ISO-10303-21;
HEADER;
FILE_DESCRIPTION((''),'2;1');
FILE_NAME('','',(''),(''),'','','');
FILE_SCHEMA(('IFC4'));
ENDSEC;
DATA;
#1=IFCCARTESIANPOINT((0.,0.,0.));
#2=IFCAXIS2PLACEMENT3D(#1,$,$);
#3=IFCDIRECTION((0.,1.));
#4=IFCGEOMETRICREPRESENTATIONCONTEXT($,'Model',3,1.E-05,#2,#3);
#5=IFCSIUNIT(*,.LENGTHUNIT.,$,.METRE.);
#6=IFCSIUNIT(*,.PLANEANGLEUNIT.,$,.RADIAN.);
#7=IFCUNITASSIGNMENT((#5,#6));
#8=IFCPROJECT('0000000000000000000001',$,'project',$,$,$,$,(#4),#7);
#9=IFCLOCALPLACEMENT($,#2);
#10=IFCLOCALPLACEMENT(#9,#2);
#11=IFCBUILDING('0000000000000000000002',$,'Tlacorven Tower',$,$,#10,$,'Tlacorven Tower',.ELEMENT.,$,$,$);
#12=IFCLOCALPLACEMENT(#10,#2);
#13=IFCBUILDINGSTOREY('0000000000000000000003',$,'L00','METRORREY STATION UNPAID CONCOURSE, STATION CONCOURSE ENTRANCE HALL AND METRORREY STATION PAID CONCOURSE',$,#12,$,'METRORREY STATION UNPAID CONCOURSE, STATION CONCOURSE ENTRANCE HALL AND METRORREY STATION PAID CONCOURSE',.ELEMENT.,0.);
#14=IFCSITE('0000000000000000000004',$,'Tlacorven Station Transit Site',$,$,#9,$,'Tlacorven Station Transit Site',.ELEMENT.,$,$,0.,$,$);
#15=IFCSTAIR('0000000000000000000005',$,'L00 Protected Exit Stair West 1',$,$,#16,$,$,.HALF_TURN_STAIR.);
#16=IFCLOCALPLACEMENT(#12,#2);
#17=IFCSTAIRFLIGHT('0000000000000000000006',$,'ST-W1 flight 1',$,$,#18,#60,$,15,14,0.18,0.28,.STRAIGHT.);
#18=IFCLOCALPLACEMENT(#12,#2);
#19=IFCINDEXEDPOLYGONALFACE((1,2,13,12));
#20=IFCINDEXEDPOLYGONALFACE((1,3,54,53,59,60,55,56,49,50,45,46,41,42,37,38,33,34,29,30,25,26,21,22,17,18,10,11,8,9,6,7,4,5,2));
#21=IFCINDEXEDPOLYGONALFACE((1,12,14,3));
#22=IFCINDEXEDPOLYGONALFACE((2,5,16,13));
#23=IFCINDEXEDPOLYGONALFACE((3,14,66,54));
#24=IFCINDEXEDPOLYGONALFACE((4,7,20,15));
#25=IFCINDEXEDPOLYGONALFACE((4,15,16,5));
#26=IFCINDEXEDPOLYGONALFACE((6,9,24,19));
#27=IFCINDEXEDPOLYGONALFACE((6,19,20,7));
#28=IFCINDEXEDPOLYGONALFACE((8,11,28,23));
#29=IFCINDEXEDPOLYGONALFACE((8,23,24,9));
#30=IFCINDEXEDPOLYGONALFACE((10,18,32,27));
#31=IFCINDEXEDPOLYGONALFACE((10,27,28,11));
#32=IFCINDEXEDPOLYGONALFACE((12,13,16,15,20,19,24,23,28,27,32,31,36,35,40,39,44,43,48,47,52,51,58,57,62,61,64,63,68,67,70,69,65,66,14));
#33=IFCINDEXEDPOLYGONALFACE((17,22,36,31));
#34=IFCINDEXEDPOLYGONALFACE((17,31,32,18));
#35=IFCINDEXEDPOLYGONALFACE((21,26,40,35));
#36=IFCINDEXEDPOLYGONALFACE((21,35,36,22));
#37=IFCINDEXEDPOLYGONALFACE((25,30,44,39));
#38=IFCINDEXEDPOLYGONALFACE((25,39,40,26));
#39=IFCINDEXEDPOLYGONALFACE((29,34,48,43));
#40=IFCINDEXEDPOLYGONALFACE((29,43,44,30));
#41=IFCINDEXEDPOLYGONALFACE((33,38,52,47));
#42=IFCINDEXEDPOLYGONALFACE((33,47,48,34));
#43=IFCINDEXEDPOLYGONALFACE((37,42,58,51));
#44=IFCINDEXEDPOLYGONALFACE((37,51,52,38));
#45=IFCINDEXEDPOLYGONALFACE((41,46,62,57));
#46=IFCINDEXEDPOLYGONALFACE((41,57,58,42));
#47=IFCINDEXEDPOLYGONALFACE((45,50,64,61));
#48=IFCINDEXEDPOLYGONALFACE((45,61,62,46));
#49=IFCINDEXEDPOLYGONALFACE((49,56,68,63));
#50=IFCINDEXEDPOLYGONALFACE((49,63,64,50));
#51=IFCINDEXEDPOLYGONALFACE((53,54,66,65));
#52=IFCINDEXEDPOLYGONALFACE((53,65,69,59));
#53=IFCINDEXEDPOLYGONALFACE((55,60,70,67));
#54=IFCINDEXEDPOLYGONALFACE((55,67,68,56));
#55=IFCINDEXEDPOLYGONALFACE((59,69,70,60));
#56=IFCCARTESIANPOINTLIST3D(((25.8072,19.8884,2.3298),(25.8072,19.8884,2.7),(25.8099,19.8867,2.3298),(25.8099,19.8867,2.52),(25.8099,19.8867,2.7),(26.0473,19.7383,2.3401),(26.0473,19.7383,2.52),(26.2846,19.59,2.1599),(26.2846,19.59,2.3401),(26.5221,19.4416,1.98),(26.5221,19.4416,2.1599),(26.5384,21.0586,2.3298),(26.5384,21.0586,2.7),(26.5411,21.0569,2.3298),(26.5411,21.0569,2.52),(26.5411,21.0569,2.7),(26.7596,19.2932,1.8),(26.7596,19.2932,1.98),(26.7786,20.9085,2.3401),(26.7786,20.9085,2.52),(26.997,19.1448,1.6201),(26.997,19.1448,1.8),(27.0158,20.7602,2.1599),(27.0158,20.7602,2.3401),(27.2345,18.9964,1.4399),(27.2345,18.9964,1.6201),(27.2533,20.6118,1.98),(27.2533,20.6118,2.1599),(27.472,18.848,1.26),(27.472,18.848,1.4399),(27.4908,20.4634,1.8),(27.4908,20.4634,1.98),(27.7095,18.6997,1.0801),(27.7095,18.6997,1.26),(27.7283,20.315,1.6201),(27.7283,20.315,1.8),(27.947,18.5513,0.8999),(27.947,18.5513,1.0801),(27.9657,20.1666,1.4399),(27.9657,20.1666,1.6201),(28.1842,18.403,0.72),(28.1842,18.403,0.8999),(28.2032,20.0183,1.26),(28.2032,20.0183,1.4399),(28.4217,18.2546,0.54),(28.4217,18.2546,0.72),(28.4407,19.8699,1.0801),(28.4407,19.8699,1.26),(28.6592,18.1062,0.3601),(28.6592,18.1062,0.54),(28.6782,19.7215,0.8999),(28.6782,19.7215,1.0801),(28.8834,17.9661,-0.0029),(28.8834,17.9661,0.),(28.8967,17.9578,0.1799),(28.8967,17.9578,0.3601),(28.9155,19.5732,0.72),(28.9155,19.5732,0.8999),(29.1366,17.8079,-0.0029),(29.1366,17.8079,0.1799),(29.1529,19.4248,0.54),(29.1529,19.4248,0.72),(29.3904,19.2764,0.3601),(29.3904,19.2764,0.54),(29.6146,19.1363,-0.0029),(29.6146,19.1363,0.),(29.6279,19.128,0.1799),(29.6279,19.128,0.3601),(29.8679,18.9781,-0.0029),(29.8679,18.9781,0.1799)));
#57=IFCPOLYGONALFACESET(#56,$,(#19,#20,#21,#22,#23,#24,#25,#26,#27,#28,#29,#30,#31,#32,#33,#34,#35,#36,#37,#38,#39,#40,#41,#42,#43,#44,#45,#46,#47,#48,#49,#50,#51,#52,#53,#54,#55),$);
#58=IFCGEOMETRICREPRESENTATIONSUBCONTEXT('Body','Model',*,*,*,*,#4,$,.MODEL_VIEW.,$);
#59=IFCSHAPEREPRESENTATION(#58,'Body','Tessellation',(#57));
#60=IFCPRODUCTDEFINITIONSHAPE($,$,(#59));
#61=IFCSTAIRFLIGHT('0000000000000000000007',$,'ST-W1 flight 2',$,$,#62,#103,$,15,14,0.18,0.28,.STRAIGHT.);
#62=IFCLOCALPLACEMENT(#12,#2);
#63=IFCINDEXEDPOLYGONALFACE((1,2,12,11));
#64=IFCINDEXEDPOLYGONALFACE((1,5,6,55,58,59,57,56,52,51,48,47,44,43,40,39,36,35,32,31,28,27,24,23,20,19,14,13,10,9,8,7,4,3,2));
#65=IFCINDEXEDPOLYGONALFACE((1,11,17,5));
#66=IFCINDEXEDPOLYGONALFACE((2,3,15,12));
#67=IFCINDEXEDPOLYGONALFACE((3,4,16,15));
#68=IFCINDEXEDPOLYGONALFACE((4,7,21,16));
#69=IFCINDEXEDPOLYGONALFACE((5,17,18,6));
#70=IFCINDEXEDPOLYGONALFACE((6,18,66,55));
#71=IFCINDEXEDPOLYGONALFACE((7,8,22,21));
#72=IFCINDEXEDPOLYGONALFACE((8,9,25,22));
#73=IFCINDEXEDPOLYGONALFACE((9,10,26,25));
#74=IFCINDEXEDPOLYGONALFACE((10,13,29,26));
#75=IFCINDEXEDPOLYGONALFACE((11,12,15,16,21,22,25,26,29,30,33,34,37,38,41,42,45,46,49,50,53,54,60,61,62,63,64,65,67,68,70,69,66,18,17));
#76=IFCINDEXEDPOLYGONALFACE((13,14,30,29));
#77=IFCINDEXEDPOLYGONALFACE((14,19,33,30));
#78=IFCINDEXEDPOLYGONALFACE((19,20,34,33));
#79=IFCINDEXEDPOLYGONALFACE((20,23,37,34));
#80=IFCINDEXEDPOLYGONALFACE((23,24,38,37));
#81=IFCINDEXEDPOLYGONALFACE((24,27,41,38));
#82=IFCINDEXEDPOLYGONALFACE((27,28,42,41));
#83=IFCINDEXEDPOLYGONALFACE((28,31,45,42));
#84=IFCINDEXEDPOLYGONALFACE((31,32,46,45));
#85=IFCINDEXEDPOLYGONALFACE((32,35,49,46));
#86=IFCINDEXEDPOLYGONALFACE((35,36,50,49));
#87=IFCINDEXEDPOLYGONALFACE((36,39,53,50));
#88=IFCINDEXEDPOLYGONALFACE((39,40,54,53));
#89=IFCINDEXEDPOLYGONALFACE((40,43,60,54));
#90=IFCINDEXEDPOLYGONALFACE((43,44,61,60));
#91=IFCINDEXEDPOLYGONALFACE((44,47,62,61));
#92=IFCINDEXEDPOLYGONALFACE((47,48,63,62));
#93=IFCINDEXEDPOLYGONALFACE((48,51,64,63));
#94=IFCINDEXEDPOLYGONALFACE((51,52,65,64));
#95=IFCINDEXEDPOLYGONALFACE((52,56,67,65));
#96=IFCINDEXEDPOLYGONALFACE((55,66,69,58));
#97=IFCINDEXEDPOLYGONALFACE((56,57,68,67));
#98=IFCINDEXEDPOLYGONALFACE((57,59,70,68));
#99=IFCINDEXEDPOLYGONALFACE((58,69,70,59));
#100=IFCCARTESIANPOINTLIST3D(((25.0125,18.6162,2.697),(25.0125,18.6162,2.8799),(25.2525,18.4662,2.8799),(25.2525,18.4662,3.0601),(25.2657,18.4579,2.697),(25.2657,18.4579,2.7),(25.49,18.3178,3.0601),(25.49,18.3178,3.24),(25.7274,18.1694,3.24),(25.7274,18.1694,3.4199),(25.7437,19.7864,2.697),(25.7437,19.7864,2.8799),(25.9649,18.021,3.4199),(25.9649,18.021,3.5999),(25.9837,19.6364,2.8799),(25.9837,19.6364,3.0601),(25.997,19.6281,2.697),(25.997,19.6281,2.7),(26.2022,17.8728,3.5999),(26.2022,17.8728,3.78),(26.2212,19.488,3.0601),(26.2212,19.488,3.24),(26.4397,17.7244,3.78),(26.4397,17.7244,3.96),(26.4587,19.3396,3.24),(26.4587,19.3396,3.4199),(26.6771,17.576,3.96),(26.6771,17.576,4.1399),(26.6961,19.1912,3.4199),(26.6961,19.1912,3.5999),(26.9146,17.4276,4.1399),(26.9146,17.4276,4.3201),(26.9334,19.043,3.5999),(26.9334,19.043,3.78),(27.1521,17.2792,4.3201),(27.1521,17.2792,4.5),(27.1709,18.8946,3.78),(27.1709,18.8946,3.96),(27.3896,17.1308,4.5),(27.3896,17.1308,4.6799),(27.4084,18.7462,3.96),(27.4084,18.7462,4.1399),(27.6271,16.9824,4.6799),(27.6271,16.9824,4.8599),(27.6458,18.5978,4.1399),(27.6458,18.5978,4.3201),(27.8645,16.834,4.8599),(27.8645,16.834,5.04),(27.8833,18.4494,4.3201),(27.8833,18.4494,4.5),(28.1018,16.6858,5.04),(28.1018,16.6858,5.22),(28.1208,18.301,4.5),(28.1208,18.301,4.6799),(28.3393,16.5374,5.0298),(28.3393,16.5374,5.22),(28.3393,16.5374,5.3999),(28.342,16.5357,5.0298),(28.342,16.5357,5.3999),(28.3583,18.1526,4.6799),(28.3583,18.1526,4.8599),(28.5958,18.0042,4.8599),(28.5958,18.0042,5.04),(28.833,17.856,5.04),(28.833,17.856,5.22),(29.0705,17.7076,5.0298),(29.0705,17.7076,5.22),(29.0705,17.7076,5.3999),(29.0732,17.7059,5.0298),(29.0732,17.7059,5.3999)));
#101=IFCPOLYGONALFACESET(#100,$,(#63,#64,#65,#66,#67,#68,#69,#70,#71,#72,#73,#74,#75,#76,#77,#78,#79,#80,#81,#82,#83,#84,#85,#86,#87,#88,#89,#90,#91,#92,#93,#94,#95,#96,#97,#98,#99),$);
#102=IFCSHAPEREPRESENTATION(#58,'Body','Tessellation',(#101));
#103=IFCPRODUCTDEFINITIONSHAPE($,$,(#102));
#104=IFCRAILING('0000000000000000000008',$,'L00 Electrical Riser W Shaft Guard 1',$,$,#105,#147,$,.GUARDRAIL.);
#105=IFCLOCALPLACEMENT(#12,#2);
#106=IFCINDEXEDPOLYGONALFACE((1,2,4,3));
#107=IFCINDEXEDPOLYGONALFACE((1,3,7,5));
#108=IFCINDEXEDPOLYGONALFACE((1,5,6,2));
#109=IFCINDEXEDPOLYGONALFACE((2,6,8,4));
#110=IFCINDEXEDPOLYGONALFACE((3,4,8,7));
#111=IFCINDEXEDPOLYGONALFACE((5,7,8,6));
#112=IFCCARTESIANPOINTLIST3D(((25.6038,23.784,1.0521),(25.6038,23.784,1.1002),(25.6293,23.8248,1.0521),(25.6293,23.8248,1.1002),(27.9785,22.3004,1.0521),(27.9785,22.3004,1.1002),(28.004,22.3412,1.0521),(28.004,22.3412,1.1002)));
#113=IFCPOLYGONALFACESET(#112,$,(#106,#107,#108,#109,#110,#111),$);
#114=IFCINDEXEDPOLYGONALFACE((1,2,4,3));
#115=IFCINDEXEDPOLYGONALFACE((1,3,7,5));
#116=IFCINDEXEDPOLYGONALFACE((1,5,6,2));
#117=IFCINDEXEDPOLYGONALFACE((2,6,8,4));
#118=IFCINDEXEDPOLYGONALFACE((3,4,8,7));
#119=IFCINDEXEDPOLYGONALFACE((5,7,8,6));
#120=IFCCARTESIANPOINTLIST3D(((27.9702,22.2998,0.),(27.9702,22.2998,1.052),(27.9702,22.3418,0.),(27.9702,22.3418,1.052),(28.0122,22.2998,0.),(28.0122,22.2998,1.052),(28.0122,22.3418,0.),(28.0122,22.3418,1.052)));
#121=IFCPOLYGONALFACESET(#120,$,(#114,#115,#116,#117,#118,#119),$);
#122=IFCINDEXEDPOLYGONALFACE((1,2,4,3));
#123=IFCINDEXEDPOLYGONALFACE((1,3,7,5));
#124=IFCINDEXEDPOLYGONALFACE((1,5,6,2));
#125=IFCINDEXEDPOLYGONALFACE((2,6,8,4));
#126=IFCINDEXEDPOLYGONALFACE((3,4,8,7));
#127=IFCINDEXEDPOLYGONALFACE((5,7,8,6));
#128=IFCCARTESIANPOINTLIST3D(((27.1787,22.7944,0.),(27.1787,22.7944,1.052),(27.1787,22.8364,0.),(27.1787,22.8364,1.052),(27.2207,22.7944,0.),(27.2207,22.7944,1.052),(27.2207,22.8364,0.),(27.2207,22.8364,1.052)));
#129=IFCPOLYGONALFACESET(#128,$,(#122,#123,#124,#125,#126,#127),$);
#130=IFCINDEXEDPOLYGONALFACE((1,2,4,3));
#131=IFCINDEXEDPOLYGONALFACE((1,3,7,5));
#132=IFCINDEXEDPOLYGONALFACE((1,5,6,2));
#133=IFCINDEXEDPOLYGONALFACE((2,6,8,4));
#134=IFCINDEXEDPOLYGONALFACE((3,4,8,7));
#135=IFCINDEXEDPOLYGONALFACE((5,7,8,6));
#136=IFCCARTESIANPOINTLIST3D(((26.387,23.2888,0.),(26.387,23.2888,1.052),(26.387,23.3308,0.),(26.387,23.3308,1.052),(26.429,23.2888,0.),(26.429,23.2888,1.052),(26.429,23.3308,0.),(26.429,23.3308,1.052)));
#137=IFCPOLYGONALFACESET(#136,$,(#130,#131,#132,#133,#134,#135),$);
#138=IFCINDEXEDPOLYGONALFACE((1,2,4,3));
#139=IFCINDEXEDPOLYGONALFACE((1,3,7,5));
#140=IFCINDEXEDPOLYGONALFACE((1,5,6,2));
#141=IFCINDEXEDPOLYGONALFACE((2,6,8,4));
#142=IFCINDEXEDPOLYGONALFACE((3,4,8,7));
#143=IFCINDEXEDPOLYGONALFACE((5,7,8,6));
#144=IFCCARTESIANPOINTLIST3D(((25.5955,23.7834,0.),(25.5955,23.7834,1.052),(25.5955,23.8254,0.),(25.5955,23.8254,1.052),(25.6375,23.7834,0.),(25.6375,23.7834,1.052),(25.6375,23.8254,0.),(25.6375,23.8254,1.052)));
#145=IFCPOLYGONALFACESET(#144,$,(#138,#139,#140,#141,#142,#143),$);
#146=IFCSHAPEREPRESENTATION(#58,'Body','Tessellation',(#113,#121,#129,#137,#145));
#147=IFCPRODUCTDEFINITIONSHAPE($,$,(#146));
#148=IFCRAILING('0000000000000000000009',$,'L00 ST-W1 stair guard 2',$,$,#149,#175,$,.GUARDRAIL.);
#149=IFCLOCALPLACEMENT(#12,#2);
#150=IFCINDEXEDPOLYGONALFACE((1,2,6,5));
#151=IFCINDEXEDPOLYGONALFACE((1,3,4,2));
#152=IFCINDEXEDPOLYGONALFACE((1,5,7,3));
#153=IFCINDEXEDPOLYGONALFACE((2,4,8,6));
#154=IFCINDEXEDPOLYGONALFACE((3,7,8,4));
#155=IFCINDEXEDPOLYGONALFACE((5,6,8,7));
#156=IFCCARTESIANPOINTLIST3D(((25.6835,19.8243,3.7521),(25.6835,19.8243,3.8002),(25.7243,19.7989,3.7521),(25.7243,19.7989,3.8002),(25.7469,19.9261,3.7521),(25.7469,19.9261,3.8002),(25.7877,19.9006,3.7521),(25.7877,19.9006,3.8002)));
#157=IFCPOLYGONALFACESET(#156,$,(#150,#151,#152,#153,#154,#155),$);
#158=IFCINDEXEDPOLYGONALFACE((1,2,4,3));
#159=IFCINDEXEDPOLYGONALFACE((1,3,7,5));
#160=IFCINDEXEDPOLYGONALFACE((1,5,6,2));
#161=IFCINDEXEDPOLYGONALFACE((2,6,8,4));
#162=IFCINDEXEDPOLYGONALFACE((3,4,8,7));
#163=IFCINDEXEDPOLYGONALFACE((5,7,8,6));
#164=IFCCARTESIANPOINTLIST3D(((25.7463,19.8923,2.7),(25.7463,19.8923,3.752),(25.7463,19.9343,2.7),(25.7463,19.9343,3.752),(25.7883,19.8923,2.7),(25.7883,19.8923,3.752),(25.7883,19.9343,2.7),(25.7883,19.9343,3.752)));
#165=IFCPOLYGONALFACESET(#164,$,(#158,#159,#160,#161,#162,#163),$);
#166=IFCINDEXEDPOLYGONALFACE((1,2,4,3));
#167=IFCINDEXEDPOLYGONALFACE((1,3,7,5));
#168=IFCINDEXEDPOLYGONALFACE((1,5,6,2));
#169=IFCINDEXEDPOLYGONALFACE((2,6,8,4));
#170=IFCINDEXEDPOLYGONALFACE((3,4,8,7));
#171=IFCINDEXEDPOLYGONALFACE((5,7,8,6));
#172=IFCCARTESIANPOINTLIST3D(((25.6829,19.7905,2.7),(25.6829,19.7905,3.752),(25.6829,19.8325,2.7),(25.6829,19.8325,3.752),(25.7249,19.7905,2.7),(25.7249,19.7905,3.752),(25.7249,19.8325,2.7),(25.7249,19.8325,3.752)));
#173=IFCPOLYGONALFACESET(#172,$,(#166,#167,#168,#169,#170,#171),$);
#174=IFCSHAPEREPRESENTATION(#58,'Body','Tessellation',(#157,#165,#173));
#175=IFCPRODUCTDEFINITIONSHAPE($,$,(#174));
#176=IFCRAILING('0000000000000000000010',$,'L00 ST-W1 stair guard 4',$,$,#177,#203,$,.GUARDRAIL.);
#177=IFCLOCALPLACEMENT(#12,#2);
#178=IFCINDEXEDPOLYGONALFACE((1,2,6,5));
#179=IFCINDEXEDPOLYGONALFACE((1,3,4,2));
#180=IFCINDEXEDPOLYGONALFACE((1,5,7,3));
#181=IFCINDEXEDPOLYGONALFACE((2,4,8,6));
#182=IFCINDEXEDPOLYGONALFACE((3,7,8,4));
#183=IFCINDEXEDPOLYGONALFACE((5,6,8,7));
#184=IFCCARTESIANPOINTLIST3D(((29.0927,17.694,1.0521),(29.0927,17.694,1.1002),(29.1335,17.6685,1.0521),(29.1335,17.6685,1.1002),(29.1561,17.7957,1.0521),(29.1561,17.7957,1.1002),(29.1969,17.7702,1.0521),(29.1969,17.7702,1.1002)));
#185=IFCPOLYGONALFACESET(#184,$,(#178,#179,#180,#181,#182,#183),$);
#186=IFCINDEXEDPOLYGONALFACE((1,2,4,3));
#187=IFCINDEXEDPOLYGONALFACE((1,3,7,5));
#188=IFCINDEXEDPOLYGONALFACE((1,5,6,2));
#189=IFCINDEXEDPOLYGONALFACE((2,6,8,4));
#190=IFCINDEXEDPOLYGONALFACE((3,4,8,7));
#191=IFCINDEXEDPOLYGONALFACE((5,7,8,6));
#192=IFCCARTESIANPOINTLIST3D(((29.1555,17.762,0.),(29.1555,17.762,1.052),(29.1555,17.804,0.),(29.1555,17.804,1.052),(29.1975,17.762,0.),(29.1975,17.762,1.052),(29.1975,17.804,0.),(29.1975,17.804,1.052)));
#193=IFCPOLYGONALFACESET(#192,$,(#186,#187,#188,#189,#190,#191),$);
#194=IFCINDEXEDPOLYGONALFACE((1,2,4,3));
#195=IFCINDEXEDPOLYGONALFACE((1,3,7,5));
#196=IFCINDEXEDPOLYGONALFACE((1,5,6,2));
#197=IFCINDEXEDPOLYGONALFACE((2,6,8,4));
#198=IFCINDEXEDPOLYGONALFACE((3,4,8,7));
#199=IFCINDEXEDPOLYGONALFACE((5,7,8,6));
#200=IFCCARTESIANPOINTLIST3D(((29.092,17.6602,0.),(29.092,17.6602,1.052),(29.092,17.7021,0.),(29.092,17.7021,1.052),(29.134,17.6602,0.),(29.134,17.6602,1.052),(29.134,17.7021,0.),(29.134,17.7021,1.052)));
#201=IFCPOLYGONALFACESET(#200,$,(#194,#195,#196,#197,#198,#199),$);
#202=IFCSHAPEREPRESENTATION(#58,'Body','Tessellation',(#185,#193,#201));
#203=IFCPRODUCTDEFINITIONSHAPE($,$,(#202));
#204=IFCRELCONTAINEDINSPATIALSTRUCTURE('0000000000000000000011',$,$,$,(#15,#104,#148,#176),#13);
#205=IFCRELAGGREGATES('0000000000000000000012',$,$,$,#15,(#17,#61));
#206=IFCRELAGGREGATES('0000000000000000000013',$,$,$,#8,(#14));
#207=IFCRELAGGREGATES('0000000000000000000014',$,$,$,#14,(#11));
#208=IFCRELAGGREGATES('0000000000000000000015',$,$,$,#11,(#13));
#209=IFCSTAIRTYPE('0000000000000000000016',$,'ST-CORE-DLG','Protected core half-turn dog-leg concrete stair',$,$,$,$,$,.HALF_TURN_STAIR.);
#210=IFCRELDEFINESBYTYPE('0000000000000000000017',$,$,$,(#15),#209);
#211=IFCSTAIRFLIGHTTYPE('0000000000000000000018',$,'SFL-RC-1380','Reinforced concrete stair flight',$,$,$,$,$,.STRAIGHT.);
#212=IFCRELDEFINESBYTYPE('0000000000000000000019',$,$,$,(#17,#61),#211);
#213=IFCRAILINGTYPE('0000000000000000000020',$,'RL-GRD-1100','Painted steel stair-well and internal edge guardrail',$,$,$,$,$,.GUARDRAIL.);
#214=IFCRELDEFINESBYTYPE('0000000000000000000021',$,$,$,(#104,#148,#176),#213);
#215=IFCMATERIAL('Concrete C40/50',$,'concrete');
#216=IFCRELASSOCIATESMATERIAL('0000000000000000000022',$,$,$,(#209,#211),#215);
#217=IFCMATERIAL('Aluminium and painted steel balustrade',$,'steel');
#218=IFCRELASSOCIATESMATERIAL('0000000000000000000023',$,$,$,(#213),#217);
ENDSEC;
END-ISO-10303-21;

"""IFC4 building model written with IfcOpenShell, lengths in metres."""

from ifc_helpers import new_model, si_unit, direction, frame, origin, origin_2d, place, context, subcontext, project, spatial, polyline, rectangle, outline, extrude, source, transform, mapped, material, type_object, element, aggregate, save


model = new_model("IFC4")

# Units and contexts
model_context = context("Model", 3, precision=1e-05, world=origin(), true_north=direction((0.0, 1.0)))
body_context = subcontext(model_context, "Body", "Model", "MODEL_VIEW")
ifc_project = project(units=[si_unit("LENGTHUNIT", "METRE"), si_unit("PLANEANGLEUNIT", "RADIAN")], contexts=[model_context])

# Site, building, storey
site_placement = place(None, origin())
site = spatial("IfcSite", under=ifc_project, at=site_placement, Name="Tlacorven Station Transit Site", LongName="Tlacorven Station Transit Site", CompositionType="ELEMENT", RefElevation=0.0)
building_placement = place(site_placement, origin())
building = spatial("IfcBuilding", under=site, at=building_placement, Name="Tlacorven Tower", LongName="Tlacorven Tower", CompositionType="ELEMENT")
storey_placement = place(building_placement, origin())
storey = spatial("IfcBuildingStorey", under=building, at=storey_placement, Name="L00", Description="METRORREY STATION UNPAID CONCOURSE, STATION CONCOURSE ENTRANCE HALL AND METRORREY STATION PAID CONCOURSE", LongName="METRORREY STATION UNPAID CONCOURSE, STATION CONCOURSE ENTRANCE HALL AND METRORREY STATION PAID CONCOURSE", CompositionType="ELEMENT", Elevation=0.0)

# Shared definitions
ifc_material_1 = material(Name="Concrete C40/50", Category="concrete")

# Stair, stair flights
stair_type = type_object("IfcStairType", Name="ST-CORE-DLG", Description="Protected core half-turn dog-leg concrete stair", PredefinedType="HALF_TURN_STAIR", material=ifc_material_1)
stair_placement = place(storey_placement, origin())
stair = element("IfcStair", 1, at=stair_placement, inside=storey, type_object=stair_type, Name="L00 Protected Exit Stair West 1", PredefinedType="HALF_TURN_STAIR")
stair_flight_type = type_object("IfcStairFlightType", Name="SFL-RC-1380", Description="Reinforced concrete stair flight", PredefinedType="STRAIGHT", material=ifc_material_1)
shared_shape_1 = source(origin(), body_context, "Body", "SweptSolid", [
    extrude(outline(polyline([(-0.0029, -0.0029), (-0.0029, 0.1799), (0.28, 0.1799), (0.28, 0.3601), (0.5601, 0.3601), (0.5601, 0.54), (0.8401, 0.54), (0.8401, 0.72), (1.1201, 0.72), (1.1201, 0.8999), (1.3999, 0.8999), (1.3999, 1.0801), (1.6799, 1.0801), (1.6799, 1.26), (1.96, 1.26), (1.96, 1.4399), (2.24, 1.4399), (2.24, 1.6201), (2.52, 1.6201), (2.52, 1.8), (2.8, 1.8), (2.8, 1.98), (3.0801, 1.98), (3.0801, 2.1599), (3.3601, 2.1599), (3.3601, 2.3401), (3.6399, 2.3401), (3.6399, 2.52), (3.9199, 2.52), (3.9199, 2.7), (3.9231, 2.7), (3.9231, 2.3298), (3.9199, 2.3298), (0.2957, 0.0), (0.2957, -0.0029), (-0.0029, -0.0029)])), frame((0.0, 0.6899, 0.0), z_axis=(0.0, -1.0, 0.0), x_axis=(1.0, 0.0, 0.0)), (0.0, 0.0, 1.0), 1.3799),
])
stair_flight_1_placement = place(storey_placement, frame((29.4998, 18.3945, 0.0), z_axis=(0.0, 0.0, 1.0), x_axis=(-0.848048, 0.529919, 0.0)))
stair_flight_1 = element("IfcStairFlight", 2, at=stair_flight_1_placement, type_object=stair_flight_type, Name="ST-W1 flight 1", NumberOfRisers=15, NumberOfTreads=14, PredefinedType="STRAIGHT", RiserHeight=0.18, TreadLength=0.28, context=body_context, shape_type="MappedRepresentation", body=[
    mapped(shared_shape_1, transform((0.0, 0.0, 0.0), scale=1.0)),
])
stair_flight_2_placement = place(storey_placement, frame((25.3806, 19.1997, 2.7), z_axis=(0.0, 0.0, 1.0), x_axis=(0.848048, -0.529919, 0.0)))
stair_flight_2 = element("IfcStairFlight", 3, at=stair_flight_2_placement, type_object=stair_flight_type, Name="ST-W1 flight 2", NumberOfRisers=15, NumberOfTreads=14, PredefinedType="STRAIGHT", RiserHeight=0.18, TreadLength=0.28, context=body_context, shape_type="MappedRepresentation", body=[
    mapped(shared_shape_1, transform((0.0, 0.0, 0.0), scale=1.0)),
])
aggregate(stair, [stair_flight_1, stair_flight_2])

# Railings
ifc_material_2 = material(Name="Aluminium and painted steel balustrade", Category="steel")
railing_type_1 = type_object("IfcRailingType", Name="RL-GRD-1100", Description="Painted steel stair-well and internal edge guardrail", PredefinedType="GUARDRAIL", material=ifc_material_2)
shared_shape_2 = source(origin(), body_context, "Body", "SweptSolid", [
    extrude(rectangle(XDim=0.0481, YDim=0.0481, at=origin_2d()), frame((0.0, 0.0, 1.0762), z_axis=(-0.848091, 0.52985, 0.0), x_axis=(-0.52985, -0.848091, 0.0)), (0.0, 0.0, 1.0), 2.8),
    extrude(rectangle(XDim=0.042, YDim=0.042, at=origin_2d()), origin(), (0.0, 0.0, 1.0), 1.052),
    extrude(rectangle(XDim=0.042, YDim=0.042, at=origin_2d()), frame((-0.7915, 0.4946, 0.0)), (0.0, 0.0, 1.0), 1.052),
    extrude(rectangle(XDim=0.042, YDim=0.042, at=origin_2d()), frame((-1.5833, 0.989, 0.0)), (0.0, 0.0, 1.0), 1.052),
    extrude(rectangle(XDim=0.042, YDim=0.042, at=origin_2d()), frame((-2.3748, 1.4836, 0.0)), (0.0, 0.0, 1.0), 1.052),
])
railing_1_placement = place(storey_placement, frame((27.9912, 22.3208, 0.0)))
element("IfcRailing", 4, at=railing_1_placement, inside=storey, type_object=railing_type_1, Name="L00 Electrical Riser W Shaft Guard 1", PredefinedType="GUARDRAIL", context=body_context, shape_type="MappedRepresentation", body=[
    mapped(shared_shape_2, transform((0.0, 0.0, 0.0), scale=1.0)),
])
shared_shape_3 = source(origin(), body_context, "Body", "SweptSolid", [
    extrude(rectangle(XDim=0.0481, YDim=0.0481, at=origin_2d()), frame((0.0, 0.0, 1.0762), z_axis=(-0.529084, -0.848569, 0.0), x_axis=(0.848569, -0.529084, 0.0)), (0.0, 0.0, 1.0), 0.1199),
    extrude(rectangle(XDim=0.042, YDim=0.042, at=origin_2d()), origin(), (0.0, 0.0, 1.0), 1.052),
    extrude(rectangle(XDim=0.042, YDim=0.042, at=origin_2d()), frame((-0.0635, -0.1018, 0.0)), (0.0, 0.0, 1.0), 1.052),
])
for number, where, name in (
    (5, (25.7673, 19.9133, 2.7), "L00 ST-W1 stair guard 2"),
    (6, (29.1765, 17.783, 0.0), "L00 ST-W1 stair guard 4"),
):
    element("IfcRailing", number, at=place(storey_placement, frame(where)), inside=storey, type_object=railing_type_1, Name=name, PredefinedType="GUARDRAIL", context=body_context, shape_type="MappedRepresentation", body=[
        mapped(shared_shape_3, transform((0.0, 0.0, 0.0), scale=1.0)),
    ])

save(model, "model.ifc")
